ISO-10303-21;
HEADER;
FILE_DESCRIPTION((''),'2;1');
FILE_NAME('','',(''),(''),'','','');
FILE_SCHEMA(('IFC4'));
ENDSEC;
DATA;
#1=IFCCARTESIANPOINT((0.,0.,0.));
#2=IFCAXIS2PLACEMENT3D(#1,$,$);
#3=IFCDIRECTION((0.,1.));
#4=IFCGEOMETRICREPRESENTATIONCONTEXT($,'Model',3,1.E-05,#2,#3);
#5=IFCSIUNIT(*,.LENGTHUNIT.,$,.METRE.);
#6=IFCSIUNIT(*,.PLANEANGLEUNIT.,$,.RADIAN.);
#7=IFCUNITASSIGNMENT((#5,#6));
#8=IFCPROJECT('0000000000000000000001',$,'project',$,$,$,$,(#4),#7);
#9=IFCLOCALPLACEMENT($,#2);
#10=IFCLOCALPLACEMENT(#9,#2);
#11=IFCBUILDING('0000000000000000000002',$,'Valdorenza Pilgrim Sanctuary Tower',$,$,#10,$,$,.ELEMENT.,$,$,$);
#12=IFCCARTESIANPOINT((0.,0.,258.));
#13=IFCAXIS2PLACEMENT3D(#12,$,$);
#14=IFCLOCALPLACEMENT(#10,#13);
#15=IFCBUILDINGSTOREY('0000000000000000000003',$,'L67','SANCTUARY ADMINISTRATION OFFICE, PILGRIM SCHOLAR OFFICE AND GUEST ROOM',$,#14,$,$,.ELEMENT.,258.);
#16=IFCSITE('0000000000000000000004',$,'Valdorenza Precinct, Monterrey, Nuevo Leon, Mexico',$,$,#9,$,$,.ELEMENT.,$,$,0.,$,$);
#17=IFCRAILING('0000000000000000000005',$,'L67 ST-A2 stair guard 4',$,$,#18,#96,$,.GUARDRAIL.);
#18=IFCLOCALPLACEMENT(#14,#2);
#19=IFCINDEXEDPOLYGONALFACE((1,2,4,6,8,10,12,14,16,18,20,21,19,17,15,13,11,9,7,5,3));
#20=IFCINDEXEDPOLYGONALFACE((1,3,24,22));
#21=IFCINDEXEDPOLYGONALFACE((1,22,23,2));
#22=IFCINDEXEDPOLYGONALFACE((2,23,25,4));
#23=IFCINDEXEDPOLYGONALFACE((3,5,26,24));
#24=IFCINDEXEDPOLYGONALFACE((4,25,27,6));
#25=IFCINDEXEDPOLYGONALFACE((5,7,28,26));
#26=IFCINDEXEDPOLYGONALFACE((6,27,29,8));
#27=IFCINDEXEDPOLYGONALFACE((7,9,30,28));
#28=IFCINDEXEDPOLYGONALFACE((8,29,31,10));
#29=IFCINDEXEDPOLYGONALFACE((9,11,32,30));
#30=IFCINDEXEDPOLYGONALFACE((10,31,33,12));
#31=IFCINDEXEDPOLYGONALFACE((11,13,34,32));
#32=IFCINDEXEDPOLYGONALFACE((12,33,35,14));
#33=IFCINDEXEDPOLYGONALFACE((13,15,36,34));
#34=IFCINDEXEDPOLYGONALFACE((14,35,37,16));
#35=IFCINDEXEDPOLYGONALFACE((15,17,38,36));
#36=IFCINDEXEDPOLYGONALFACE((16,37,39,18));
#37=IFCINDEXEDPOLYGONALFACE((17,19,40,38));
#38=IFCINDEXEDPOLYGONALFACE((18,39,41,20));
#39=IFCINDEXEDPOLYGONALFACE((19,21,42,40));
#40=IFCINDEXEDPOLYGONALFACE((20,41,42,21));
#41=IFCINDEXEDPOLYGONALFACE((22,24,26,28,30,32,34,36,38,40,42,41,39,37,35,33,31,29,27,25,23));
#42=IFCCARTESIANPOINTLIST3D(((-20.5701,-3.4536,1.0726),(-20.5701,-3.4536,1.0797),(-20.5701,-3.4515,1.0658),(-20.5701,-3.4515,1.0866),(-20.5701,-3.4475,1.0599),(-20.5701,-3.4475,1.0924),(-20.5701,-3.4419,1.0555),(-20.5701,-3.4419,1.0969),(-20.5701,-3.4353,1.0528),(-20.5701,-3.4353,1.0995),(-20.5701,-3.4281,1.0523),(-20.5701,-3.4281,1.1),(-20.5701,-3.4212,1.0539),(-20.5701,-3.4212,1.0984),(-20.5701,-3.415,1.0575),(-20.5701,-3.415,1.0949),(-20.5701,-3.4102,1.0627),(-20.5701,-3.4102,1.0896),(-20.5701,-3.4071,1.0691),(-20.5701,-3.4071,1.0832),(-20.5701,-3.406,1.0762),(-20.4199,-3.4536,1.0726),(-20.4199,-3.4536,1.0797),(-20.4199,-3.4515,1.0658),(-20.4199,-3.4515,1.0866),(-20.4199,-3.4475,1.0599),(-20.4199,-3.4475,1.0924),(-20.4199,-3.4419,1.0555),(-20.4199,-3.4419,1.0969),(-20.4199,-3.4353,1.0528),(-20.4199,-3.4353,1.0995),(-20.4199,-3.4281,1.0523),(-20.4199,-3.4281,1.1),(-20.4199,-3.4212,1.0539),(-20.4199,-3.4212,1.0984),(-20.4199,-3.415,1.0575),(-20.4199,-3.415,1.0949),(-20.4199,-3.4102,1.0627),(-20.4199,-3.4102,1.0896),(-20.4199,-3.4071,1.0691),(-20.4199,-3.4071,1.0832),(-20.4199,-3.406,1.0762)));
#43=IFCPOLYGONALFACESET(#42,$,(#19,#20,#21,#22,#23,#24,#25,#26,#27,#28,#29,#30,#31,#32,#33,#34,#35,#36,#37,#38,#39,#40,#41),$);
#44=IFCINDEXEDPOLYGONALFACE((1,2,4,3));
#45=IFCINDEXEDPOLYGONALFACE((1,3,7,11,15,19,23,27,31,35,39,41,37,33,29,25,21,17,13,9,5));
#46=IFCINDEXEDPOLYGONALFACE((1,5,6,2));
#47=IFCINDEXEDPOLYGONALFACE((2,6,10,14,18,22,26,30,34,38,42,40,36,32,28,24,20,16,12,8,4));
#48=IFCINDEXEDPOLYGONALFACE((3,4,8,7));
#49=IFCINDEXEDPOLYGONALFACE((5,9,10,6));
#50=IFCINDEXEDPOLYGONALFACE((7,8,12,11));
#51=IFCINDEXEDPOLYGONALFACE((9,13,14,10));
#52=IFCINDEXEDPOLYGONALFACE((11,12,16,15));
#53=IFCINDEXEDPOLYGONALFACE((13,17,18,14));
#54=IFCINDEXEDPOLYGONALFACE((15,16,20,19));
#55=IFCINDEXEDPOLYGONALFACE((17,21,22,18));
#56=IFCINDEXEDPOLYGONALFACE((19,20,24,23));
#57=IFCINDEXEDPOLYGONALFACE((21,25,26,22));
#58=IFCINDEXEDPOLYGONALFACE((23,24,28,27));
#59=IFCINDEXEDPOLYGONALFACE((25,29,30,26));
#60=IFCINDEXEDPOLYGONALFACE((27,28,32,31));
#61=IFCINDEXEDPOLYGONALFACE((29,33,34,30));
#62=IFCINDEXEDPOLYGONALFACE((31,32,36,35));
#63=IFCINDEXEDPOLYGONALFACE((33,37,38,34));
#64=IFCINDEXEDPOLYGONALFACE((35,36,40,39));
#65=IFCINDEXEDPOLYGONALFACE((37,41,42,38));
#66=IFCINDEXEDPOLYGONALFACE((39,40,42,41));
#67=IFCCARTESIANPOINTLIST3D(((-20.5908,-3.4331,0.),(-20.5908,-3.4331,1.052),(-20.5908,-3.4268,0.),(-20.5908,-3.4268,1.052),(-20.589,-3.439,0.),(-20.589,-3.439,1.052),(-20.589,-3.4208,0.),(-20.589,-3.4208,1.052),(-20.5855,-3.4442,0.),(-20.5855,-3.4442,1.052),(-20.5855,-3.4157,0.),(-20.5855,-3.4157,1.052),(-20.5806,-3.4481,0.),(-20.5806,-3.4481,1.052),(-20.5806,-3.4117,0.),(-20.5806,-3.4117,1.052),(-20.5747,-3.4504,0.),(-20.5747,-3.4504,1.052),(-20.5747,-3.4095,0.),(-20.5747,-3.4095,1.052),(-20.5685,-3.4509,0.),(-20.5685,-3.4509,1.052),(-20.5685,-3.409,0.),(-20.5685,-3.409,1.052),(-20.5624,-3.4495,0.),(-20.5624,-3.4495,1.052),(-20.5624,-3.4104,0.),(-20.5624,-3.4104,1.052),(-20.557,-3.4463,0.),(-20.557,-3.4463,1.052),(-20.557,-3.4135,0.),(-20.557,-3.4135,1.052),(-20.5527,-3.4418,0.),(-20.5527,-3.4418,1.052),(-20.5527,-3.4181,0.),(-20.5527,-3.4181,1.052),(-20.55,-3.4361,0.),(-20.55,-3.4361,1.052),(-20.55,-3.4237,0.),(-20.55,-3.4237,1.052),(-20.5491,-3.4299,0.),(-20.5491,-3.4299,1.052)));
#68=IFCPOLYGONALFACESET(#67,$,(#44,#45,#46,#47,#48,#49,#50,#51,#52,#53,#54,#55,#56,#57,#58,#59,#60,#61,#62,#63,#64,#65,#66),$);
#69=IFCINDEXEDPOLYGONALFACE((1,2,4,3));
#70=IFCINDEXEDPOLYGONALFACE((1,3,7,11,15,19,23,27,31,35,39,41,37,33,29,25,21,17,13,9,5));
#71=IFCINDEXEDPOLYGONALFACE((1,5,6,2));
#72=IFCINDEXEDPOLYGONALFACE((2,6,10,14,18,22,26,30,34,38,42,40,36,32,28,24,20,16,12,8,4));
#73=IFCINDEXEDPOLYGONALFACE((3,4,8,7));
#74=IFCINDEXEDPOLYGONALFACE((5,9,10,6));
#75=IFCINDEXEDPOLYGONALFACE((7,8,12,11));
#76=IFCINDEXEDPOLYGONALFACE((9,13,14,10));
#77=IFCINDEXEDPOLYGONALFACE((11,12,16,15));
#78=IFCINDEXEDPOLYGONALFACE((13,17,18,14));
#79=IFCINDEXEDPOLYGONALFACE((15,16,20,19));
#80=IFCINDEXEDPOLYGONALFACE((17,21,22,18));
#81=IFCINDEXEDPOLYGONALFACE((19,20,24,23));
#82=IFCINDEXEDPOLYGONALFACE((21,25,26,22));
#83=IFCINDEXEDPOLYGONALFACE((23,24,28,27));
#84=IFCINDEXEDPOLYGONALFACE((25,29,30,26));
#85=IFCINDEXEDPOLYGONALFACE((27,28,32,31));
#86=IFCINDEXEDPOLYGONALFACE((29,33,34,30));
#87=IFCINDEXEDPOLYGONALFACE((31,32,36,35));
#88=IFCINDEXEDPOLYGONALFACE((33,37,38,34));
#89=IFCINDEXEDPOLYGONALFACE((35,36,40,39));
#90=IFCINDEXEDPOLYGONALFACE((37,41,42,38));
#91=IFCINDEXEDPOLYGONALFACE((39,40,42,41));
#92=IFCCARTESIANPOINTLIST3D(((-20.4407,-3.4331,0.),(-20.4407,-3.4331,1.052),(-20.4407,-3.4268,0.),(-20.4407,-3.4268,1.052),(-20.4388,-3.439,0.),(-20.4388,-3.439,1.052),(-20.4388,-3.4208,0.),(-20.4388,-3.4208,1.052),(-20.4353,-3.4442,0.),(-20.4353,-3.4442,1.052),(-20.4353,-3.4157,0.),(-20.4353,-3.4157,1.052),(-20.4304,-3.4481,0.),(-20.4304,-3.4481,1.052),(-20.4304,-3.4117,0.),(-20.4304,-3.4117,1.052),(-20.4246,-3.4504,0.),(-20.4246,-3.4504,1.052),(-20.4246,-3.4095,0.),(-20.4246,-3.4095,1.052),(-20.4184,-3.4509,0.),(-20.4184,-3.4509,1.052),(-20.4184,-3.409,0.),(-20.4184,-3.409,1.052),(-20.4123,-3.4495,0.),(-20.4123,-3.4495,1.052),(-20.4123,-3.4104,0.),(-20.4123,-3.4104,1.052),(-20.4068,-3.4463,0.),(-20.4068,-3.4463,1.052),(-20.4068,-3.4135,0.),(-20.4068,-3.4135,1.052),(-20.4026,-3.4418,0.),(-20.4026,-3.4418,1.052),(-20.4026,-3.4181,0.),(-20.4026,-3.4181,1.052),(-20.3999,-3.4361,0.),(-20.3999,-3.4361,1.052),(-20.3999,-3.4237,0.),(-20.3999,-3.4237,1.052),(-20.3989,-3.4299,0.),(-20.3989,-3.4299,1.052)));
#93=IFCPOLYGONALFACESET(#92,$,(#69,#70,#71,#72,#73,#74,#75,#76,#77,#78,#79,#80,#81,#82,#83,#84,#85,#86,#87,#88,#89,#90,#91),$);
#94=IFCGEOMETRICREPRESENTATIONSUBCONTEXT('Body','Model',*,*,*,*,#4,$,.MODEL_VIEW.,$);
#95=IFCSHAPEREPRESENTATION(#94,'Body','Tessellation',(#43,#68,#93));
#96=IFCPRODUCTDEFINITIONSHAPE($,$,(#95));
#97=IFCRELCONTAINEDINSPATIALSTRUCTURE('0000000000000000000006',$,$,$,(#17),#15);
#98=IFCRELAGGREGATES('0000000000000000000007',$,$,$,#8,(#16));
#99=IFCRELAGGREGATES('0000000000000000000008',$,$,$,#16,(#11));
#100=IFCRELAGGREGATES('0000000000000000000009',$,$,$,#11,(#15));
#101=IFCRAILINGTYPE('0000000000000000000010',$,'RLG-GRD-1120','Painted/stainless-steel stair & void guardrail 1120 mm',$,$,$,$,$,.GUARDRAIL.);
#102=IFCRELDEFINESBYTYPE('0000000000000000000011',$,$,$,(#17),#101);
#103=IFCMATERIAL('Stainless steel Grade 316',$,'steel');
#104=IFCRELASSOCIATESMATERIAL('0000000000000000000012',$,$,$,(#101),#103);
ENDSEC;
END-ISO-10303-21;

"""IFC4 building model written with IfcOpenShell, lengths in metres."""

from ifc_helpers import new_model, si_unit, direction, frame, origin, origin_2d, place, context, subcontext, project, spatial, circle, extrude, material, type_object, element, save


model = new_model("IFC4")

# Units and contexts
model_context = context("Model", 3, precision=1e-05, world=origin(), true_north=direction((0.0, 1.0)))
body_context = subcontext(model_context, "Body", "Model", "MODEL_VIEW")
ifc_project = project(units=[si_unit("LENGTHUNIT", "METRE"), si_unit("PLANEANGLEUNIT", "RADIAN")], contexts=[model_context])

# Site, building, storey
site_placement = place(None, origin())
site = spatial("IfcSite", under=ifc_project, at=site_placement, Name="Valdorenza Precinct, Monterrey, Nuevo Leon, Mexico", CompositionType="ELEMENT", RefElevation=0.0)
building_placement = place(site_placement, origin())
building = spatial("IfcBuilding", under=site, at=building_placement, Name="Valdorenza Pilgrim Sanctuary Tower", CompositionType="ELEMENT")
storey_placement = place(building_placement, frame((0.0, 0.0, 258.0)))
storey = spatial("IfcBuildingStorey", under=building, at=storey_placement, Name="L67", Description="SANCTUARY ADMINISTRATION OFFICE, PILGRIM SCHOLAR OFFICE AND GUEST ROOM", CompositionType="ELEMENT", Elevation=258.0)

# Railing
ifc_material_1 = material(Name="Stainless steel Grade 316", Category="steel")
railing_type_1 = type_object("IfcRailingType", Name="RLG-GRD-1120", Description="Painted/stainless-steel stair & void guardrail 1120 mm", PredefinedType="GUARDRAIL", material=ifc_material_1)
railing_1_placement = place(storey_placement, frame((-20.5701, -3.4299, 0.0)))
element("IfcRailing", 1, at=railing_1_placement, inside=storey, type_object=railing_type_1, Name="L67 ST-A2 stair guard 4", PredefinedType="GUARDRAIL", context=body_context, shape_type="SweptSolid", body=[
    extrude(circle(Radius=0.0239, at=origin_2d()), frame((0.0, 0.0, 1.0762), z_axis=(1.0, 0.0, 0.0), x_axis=(0.0, 1.0, 0.0)), (0.0, 0.0, 1.0), 0.1501),
    extrude(circle(Radius=0.021, at=origin_2d()), origin(), (0.0, 0.0, 1.0), 1.052),
    extrude(circle(Radius=0.021, at=origin_2d()), frame((0.1501, 0.0, 0.0)), (0.0, 0.0, 1.0), 1.052),
])

save(model, "model.ifc")
